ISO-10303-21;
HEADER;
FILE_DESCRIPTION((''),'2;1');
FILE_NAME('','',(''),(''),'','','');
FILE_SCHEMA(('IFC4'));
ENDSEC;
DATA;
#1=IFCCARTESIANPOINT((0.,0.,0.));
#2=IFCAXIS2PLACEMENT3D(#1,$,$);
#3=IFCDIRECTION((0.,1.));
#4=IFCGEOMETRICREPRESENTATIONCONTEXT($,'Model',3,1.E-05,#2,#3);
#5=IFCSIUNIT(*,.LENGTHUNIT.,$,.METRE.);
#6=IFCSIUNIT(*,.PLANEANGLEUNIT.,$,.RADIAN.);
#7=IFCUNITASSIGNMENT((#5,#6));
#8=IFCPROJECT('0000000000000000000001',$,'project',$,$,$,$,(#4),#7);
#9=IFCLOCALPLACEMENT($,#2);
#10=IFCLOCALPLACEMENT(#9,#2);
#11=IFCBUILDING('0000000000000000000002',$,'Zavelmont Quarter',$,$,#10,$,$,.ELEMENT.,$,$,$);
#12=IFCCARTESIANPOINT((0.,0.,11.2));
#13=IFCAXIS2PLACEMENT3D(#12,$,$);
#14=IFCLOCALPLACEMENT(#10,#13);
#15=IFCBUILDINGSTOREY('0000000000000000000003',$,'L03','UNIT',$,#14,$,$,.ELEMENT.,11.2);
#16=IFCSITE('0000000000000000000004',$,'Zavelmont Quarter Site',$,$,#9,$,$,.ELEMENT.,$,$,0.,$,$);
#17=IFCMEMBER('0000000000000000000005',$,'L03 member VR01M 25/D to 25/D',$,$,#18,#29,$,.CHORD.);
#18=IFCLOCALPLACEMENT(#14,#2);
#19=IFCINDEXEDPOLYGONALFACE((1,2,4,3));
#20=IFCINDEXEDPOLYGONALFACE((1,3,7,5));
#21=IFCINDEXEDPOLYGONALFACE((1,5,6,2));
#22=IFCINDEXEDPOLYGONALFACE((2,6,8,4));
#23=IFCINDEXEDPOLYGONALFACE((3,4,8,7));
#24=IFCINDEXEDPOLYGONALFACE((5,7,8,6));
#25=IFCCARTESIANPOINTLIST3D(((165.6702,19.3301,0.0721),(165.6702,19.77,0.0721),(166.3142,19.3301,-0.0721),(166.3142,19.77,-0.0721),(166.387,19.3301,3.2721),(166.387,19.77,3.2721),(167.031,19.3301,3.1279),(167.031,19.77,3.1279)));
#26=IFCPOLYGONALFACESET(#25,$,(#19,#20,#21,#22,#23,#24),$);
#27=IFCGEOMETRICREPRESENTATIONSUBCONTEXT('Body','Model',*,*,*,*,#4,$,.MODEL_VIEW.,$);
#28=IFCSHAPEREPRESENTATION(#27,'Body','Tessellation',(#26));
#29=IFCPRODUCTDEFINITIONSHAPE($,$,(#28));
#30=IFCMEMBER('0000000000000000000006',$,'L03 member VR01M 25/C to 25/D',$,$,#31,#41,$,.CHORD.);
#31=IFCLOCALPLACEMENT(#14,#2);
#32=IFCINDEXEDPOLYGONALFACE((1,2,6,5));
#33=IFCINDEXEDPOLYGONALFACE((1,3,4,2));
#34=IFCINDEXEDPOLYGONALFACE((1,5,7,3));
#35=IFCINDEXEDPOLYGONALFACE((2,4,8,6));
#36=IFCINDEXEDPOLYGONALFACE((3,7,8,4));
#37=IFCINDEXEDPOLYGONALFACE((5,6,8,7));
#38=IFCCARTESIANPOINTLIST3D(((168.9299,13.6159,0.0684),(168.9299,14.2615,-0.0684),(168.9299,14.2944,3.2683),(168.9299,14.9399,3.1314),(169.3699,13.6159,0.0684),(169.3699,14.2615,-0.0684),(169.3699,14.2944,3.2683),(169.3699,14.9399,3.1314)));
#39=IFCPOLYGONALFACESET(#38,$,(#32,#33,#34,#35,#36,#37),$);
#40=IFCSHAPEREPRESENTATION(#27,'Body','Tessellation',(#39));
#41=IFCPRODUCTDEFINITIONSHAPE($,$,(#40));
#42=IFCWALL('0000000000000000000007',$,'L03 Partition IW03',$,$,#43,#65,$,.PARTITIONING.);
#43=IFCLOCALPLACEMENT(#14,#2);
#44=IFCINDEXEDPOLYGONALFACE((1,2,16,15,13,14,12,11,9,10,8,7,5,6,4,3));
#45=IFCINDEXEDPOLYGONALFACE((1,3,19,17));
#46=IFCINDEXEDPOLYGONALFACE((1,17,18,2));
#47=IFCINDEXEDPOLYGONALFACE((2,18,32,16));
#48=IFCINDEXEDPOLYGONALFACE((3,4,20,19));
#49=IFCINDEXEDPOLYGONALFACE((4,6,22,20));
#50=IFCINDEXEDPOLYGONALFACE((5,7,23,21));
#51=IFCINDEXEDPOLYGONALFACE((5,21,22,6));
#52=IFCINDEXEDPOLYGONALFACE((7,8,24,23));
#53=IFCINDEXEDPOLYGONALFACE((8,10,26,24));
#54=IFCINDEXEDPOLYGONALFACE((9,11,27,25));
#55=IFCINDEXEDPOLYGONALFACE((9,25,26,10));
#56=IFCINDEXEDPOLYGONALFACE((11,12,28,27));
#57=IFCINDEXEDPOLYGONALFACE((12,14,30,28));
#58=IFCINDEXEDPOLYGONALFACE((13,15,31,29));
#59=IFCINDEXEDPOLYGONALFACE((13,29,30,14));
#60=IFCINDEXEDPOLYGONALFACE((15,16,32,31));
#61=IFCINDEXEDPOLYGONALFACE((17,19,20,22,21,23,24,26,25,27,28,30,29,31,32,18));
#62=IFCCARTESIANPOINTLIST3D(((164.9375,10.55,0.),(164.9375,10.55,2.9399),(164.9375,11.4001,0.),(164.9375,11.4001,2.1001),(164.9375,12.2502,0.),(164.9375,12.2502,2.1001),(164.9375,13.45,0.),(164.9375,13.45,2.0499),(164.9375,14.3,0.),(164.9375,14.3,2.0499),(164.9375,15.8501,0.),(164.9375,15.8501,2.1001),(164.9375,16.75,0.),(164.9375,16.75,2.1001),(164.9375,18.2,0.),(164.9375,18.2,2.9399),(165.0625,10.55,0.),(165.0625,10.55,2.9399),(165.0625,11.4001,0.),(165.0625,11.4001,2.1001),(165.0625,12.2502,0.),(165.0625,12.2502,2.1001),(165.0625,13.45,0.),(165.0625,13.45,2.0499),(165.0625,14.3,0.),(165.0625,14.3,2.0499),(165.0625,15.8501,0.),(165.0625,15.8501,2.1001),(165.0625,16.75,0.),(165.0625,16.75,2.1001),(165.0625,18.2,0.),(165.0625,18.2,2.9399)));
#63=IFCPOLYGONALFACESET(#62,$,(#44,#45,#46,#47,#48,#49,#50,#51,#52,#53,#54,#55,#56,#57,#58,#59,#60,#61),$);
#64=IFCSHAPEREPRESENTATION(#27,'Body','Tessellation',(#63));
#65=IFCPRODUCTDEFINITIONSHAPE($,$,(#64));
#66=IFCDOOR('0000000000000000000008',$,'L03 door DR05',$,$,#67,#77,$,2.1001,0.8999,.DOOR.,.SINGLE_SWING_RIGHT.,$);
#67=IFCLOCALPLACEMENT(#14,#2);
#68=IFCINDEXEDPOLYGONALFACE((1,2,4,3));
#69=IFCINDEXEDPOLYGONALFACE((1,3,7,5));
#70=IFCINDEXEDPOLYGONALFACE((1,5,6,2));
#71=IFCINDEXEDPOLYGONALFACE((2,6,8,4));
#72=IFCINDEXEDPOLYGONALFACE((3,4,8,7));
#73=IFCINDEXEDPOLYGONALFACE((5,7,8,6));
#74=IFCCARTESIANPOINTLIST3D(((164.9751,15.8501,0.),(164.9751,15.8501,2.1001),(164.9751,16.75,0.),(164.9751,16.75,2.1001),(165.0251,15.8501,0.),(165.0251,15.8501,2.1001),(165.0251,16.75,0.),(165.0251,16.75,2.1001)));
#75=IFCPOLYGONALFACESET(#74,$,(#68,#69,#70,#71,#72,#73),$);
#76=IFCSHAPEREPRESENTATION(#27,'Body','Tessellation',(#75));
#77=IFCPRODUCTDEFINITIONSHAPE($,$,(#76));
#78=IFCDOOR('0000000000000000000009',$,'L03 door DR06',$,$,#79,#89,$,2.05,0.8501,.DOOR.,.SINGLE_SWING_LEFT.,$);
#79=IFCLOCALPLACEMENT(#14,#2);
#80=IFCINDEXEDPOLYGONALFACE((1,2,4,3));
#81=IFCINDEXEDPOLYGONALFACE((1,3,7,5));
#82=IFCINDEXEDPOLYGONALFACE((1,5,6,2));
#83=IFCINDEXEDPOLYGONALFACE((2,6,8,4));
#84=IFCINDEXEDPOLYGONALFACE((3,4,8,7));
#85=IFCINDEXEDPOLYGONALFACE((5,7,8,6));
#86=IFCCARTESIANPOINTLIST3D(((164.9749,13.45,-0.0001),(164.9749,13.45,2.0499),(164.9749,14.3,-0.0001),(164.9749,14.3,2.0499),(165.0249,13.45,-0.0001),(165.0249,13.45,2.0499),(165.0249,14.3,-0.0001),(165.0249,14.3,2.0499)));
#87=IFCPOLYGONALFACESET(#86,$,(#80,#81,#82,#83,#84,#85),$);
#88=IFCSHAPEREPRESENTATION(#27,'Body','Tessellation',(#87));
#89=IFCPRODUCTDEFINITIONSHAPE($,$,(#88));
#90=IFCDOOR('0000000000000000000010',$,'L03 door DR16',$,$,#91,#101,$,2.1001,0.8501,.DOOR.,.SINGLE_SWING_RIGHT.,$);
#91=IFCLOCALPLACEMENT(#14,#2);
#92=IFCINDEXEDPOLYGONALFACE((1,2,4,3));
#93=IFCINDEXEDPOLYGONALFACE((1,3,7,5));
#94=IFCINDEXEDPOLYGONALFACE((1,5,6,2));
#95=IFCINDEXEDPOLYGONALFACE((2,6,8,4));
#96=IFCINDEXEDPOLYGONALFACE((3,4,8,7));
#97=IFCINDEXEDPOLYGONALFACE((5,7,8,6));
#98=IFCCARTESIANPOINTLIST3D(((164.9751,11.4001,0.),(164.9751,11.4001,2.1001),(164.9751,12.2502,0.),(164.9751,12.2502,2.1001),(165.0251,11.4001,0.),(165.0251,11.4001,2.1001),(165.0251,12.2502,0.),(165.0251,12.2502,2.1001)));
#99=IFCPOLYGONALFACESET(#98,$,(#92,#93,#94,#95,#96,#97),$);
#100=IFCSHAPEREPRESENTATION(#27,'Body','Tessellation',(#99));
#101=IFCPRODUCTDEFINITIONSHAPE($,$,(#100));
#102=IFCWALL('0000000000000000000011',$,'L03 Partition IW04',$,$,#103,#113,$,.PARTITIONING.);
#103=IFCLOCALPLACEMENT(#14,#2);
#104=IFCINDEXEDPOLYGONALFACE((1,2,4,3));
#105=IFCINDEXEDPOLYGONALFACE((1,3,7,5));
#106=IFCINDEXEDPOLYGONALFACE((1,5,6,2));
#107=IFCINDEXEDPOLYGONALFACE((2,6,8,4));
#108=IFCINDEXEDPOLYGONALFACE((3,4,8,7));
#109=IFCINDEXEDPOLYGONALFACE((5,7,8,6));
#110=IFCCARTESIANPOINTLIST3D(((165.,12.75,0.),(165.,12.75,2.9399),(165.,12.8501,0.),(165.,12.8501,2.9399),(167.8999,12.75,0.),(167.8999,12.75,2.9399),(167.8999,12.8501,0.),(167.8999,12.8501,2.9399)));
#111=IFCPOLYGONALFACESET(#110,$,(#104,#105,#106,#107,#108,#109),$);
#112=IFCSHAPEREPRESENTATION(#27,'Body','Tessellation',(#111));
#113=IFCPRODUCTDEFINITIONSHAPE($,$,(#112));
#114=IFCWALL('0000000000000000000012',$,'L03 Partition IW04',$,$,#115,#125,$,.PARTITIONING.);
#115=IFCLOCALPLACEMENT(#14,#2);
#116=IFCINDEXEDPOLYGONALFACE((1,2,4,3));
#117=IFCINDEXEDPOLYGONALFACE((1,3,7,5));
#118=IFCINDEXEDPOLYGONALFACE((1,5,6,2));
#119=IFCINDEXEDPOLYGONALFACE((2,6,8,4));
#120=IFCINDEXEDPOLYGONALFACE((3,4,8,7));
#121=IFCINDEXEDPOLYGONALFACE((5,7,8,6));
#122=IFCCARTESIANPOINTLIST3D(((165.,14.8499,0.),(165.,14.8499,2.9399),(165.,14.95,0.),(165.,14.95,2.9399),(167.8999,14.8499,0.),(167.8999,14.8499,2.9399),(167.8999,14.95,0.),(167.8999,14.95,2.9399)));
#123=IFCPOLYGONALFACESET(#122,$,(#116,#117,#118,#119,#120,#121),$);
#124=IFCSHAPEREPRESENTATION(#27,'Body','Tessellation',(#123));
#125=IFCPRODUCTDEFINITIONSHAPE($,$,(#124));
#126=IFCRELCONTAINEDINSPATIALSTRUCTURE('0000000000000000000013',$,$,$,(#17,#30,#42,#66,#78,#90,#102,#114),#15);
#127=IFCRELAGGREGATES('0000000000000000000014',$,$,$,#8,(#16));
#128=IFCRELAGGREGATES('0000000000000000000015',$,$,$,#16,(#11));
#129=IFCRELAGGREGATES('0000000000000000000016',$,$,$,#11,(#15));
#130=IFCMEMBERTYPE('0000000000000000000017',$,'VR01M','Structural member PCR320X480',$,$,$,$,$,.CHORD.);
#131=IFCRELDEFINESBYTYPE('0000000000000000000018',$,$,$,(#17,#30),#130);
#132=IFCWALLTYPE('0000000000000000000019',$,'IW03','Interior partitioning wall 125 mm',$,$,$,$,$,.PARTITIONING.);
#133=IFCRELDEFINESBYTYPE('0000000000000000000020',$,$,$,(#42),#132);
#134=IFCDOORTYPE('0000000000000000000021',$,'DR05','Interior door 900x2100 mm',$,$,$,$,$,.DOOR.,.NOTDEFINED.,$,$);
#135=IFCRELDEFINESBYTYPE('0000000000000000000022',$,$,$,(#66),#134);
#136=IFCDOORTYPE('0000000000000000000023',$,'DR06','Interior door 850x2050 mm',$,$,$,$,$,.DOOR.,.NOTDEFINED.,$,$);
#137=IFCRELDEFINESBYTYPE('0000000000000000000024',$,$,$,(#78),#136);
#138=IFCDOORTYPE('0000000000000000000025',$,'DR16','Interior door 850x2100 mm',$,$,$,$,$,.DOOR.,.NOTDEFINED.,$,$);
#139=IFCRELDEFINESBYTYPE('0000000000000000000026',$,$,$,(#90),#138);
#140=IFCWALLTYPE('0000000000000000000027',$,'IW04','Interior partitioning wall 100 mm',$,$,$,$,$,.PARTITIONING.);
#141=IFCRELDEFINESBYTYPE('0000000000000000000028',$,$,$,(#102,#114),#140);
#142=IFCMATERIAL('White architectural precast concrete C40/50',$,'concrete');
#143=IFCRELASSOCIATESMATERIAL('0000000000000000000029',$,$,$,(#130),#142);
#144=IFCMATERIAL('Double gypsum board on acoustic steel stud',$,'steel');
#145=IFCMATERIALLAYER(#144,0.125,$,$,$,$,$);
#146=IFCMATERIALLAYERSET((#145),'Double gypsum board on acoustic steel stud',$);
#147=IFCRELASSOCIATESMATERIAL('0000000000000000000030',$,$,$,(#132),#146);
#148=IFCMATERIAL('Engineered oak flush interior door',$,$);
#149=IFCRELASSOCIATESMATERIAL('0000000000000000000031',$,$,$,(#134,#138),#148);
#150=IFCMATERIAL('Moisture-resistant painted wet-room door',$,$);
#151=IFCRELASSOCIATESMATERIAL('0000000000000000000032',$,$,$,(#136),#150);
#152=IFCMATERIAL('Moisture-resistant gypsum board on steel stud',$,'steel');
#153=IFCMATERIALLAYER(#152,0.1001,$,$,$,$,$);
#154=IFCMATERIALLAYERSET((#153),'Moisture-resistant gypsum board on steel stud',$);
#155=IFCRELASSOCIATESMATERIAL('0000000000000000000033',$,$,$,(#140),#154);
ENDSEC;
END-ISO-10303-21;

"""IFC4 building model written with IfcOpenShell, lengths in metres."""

from ifc_helpers import new_model, si_unit, direction, frame, frame_2d, origin, origin_with_axes, origin_2d, place, context, subcontext, project, spatial, rectangle, extrude, material, layer, layer_set, material_profile, profile_set, type_object, element, fill, save


model = new_model("IFC4")

# Units and contexts
model_context = context("Model", 3, precision=1e-05, world=origin(), true_north=direction((0.0, 1.0)))
body_context = subcontext(model_context, "Body", "Model", "MODEL_VIEW")
ifc_project = project(units=[si_unit("LENGTHUNIT", "METRE"), si_unit("PLANEANGLEUNIT", "RADIAN")], contexts=[model_context])

# Site, building, storey
site_placement = place(None, origin())
site = spatial("IfcSite", under=ifc_project, at=site_placement, Name="Zavelmont Quarter Site", CompositionType="ELEMENT", RefElevation=0.0)
building_placement = place(site_placement, origin())
building = spatial("IfcBuilding", under=site, at=building_placement, Name="Zavelmont Quarter", CompositionType="ELEMENT")
storey_placement = place(building_placement, frame((0.0, 0.0, 11.2)))
storey = spatial("IfcBuildingStorey", under=building, at=storey_placement, Name="L03", Description="UNIT", CompositionType="ELEMENT", Elevation=11.2)

# Members
ifc_material_1 = material(Name="White architectural precast concrete C40/50", Category="concrete")
ifc_material_profile_1 = material_profile(ifc_material_1, rectangle(XDim=0.4399, YDim=0.6599, at=origin_2d()), Name="PCR320X480")
ifc_profile_set_1 = profile_set([ifc_material_profile_1], Name="White architectural precast concrete C40/50")
member_type = type_object("IfcMemberType", Name="VR01M", Description="Structural member PCR320X480", PredefinedType="CHORD", material=ifc_profile_set_1)
member_1_placement = place(storey_placement, frame((165.9922, 19.55, 0.0), z_axis=(0.218586, 0.0, 0.975818), x_axis=(0.0, 1.0, 0.0)))
element("IfcMember", 1, at=member_1_placement, inside=storey, type_object=member_type, Name="L03 member VR01M 25/D to 25/D", PredefinedType="CHORD", context=body_context, shape_type="SweptSolid", body=[
    extrude(rectangle(XDim=0.4399, YDim=0.6599, at=origin_2d()), origin(), (0.0, 0.0, 1.0), 3.2793),
])
member_2_placement = place(storey_placement, frame((169.1499, 13.9387, 0.0), z_axis=(0.0, 0.207413, 0.978253), x_axis=(-1.0, 0.0, 0.0)))
element("IfcMember", 2, at=member_2_placement, inside=storey, type_object=member_type, Name="L03 member VR01M 25/C to 25/D", PredefinedType="CHORD", context=body_context, shape_type="SweptSolid", body=[
    extrude(rectangle(XDim=0.4399, YDim=0.6599, at=origin_2d()), origin(), (0.0, 0.0, 1.0), 3.271),
])

# Wall, openings, doors
ifc_material_2 = material(Name="Double gypsum board on acoustic steel stud", Category="steel")
ifc_layer_1 = layer(ifc_material_2, 0.125)
ifc_layer_set_1 = layer_set([ifc_layer_1], Name="Double gypsum board on acoustic steel stud")
wall_type_1 = type_object("IfcWallType", Name="IW03", Description="Interior partitioning wall 125 mm", PredefinedType="PARTITIONING", material=ifc_layer_set_1)
wall_1_placement = place(storey_placement, frame((165.0, 10.55, 0.0), z_axis=(0.0, 0.0, 1.0), x_axis=(0.0, 1.0, 0.0)))
wall_1 = element("IfcWall", 3, at=wall_1_placement, inside=storey, type_object=wall_type_1, Name="L03 Partition IW03", PredefinedType="PARTITIONING", context=body_context, shape_type="SweptSolid", body=[
    extrude(rectangle(XDim=7.6499, YDim=0.125, at=frame_2d((3.825, 0.0))), origin(), (0.0, 0.0, 1.0), 2.9399),
])
opening_1_placement = place(wall_1_placement, frame((0.8501, 0.0, 0.0)))
opening_1 = element("IfcOpeningElement", 4, at=opening_1_placement, cuts=wall_1, PredefinedType="OPENING", context=body_context, shape_type="SweptSolid", body=[
    extrude(rectangle(XDim=0.8501, YDim=2.1001, at=frame_2d((0.425, 1.05))), frame((0.0, 0.0745, 0.0), z_axis=(0.0, -1.0, 0.0), x_axis=(1.0, 0.0, 0.0)), (0.0, 0.0, 1.0), 0.1489),
])
opening_2_placement = place(wall_1_placement, frame((2.8999, 0.0, 0.0)))
opening_2 = element("IfcOpeningElement", 5, at=opening_2_placement, cuts=wall_1, PredefinedType="OPENING", context=body_context, shape_type="SweptSolid", body=[
    extrude(rectangle(XDim=0.8501, YDim=2.05, at=frame_2d((0.425, 1.0249))), frame((0.0, 0.0745, 0.0), z_axis=(0.0, -1.0, 0.0), x_axis=(1.0, 0.0, 0.0)), (0.0, 0.0, 1.0), 0.1489),
])
opening_3_placement = place(wall_1_placement, frame((5.3, 0.0, 0.0)))
opening_3 = element("IfcOpeningElement", 6, at=opening_3_placement, cuts=wall_1, PredefinedType="OPENING", context=body_context, shape_type="SweptSolid", body=[
    extrude(rectangle(XDim=0.8999, YDim=2.1001, at=frame_2d((0.45, 1.05))), frame((0.0, 0.0745, 0.0), z_axis=(0.0, -1.0, 0.0), x_axis=(1.0, 0.0, 0.0)), (0.0, 0.0, 1.0), 0.1489),
])
ifc_material_3 = material(Name="Engineered oak flush interior door")
door_type_1 = type_object("IfcDoorType", Name="DR05", Description="Interior door 900x2100 mm", OperationType="NOTDEFINED", PredefinedType="DOOR", material=ifc_material_3)
door_1_placement = place(opening_3_placement, origin_with_axes())
door_1 = element("IfcDoor", 7, at=door_1_placement, inside=storey, type_object=door_type_1, Name="L03 door DR05", OperationType="SINGLE_SWING_RIGHT", OverallHeight=2.1001, OverallWidth=0.8999, PredefinedType="DOOR", context=body_context, shape_type="SweptSolid", body=[
    extrude(rectangle(XDim=0.8999, YDim=2.1001, at=frame_2d((0.45, 1.05))), frame((0.0, 0.0249, 0.0), z_axis=(0.0, -1.0, 0.0), x_axis=(1.0, 0.0, 0.0)), (0.0, 0.0, 1.0), 0.05),
])
fill(opening_3, door_1)
ifc_material_4 = material(Name="Moisture-resistant painted wet-room door")
door_type_2 = type_object("IfcDoorType", Name="DR06", Description="Interior door 850x2050 mm", OperationType="NOTDEFINED", PredefinedType="DOOR", material=ifc_material_4)
door_2_placement = place(opening_2_placement, frame((0.8501, 0.0, 0.0), z_axis=(0.0, 0.0, 1.0), x_axis=(-1.0, 0.0, 0.0)))
door_2 = element("IfcDoor", 8, at=door_2_placement, inside=storey, type_object=door_type_2, Name="L03 door DR06", OperationType="SINGLE_SWING_LEFT", OverallHeight=2.05, OverallWidth=0.8501, PredefinedType="DOOR", context=body_context, shape_type="SweptSolid", body=[
    extrude(rectangle(XDim=0.8501, YDim=2.05, at=frame_2d((0.425, 1.0249))), frame((0.0, 0.0249, 0.0), z_axis=(0.0, -1.0, 0.0), x_axis=(1.0, 0.0, 0.0)), (0.0, 0.0, 1.0), 0.05),
])
fill(opening_2, door_2)
door_type_3 = type_object("IfcDoorType", Name="DR16", Description="Interior door 850x2100 mm", OperationType="NOTDEFINED", PredefinedType="DOOR", material=ifc_material_3)
door_3_placement = place(opening_1_placement, origin_with_axes())
door_3 = element("IfcDoor", 9, at=door_3_placement, inside=storey, type_object=door_type_3, Name="L03 door DR16", OperationType="SINGLE_SWING_RIGHT", OverallHeight=2.1001, OverallWidth=0.8501, PredefinedType="DOOR", context=body_context, shape_type="SweptSolid", body=[
    extrude(rectangle(XDim=0.8501, YDim=2.1001, at=frame_2d((0.425, 1.05))), frame((0.0, 0.0249, 0.0), z_axis=(0.0, -1.0, 0.0), x_axis=(1.0, 0.0, 0.0)), (0.0, 0.0, 1.0), 0.05),
])
fill(opening_1, door_3)

# Walls
ifc_material_5 = material(Name="Moisture-resistant gypsum board on steel stud", Category="steel")
ifc_layer_2 = layer(ifc_material_5, 0.1001)
ifc_layer_set_2 = layer_set([ifc_layer_2], Name="Moisture-resistant gypsum board on steel stud")
wall_type_2 = type_object("IfcWallType", Name="IW04", Description="Interior partitioning wall 100 mm", PredefinedType="PARTITIONING", material=ifc_layer_set_2)
for number, where, z_axis, x_axis, name in (
    (10, (165.0, 12.8, 0.0), (0.0, 0.0, 1.0), (1.0, 0.0, 0.0), "L03 Partition IW04"),
    (11, (165.0, 14.8999, 0.0), (0.0, 0.0, 1.0), (1.0, 0.0, 0.0), "L03 Partition IW04"),
):
    element("IfcWall", number, at=place(storey_placement, frame(where, z_axis=z_axis, x_axis=x_axis)), inside=storey, type_object=wall_type_2, Name=name, PredefinedType="PARTITIONING", context=body_context, shape_type="SweptSolid", body=[
        extrude(rectangle(XDim=2.8999, YDim=0.1001, at=frame_2d((1.45, 0.0))), origin(), (0.0, 0.0, 1.0), 2.9399),
    ])

save(model, "model.ifc")
